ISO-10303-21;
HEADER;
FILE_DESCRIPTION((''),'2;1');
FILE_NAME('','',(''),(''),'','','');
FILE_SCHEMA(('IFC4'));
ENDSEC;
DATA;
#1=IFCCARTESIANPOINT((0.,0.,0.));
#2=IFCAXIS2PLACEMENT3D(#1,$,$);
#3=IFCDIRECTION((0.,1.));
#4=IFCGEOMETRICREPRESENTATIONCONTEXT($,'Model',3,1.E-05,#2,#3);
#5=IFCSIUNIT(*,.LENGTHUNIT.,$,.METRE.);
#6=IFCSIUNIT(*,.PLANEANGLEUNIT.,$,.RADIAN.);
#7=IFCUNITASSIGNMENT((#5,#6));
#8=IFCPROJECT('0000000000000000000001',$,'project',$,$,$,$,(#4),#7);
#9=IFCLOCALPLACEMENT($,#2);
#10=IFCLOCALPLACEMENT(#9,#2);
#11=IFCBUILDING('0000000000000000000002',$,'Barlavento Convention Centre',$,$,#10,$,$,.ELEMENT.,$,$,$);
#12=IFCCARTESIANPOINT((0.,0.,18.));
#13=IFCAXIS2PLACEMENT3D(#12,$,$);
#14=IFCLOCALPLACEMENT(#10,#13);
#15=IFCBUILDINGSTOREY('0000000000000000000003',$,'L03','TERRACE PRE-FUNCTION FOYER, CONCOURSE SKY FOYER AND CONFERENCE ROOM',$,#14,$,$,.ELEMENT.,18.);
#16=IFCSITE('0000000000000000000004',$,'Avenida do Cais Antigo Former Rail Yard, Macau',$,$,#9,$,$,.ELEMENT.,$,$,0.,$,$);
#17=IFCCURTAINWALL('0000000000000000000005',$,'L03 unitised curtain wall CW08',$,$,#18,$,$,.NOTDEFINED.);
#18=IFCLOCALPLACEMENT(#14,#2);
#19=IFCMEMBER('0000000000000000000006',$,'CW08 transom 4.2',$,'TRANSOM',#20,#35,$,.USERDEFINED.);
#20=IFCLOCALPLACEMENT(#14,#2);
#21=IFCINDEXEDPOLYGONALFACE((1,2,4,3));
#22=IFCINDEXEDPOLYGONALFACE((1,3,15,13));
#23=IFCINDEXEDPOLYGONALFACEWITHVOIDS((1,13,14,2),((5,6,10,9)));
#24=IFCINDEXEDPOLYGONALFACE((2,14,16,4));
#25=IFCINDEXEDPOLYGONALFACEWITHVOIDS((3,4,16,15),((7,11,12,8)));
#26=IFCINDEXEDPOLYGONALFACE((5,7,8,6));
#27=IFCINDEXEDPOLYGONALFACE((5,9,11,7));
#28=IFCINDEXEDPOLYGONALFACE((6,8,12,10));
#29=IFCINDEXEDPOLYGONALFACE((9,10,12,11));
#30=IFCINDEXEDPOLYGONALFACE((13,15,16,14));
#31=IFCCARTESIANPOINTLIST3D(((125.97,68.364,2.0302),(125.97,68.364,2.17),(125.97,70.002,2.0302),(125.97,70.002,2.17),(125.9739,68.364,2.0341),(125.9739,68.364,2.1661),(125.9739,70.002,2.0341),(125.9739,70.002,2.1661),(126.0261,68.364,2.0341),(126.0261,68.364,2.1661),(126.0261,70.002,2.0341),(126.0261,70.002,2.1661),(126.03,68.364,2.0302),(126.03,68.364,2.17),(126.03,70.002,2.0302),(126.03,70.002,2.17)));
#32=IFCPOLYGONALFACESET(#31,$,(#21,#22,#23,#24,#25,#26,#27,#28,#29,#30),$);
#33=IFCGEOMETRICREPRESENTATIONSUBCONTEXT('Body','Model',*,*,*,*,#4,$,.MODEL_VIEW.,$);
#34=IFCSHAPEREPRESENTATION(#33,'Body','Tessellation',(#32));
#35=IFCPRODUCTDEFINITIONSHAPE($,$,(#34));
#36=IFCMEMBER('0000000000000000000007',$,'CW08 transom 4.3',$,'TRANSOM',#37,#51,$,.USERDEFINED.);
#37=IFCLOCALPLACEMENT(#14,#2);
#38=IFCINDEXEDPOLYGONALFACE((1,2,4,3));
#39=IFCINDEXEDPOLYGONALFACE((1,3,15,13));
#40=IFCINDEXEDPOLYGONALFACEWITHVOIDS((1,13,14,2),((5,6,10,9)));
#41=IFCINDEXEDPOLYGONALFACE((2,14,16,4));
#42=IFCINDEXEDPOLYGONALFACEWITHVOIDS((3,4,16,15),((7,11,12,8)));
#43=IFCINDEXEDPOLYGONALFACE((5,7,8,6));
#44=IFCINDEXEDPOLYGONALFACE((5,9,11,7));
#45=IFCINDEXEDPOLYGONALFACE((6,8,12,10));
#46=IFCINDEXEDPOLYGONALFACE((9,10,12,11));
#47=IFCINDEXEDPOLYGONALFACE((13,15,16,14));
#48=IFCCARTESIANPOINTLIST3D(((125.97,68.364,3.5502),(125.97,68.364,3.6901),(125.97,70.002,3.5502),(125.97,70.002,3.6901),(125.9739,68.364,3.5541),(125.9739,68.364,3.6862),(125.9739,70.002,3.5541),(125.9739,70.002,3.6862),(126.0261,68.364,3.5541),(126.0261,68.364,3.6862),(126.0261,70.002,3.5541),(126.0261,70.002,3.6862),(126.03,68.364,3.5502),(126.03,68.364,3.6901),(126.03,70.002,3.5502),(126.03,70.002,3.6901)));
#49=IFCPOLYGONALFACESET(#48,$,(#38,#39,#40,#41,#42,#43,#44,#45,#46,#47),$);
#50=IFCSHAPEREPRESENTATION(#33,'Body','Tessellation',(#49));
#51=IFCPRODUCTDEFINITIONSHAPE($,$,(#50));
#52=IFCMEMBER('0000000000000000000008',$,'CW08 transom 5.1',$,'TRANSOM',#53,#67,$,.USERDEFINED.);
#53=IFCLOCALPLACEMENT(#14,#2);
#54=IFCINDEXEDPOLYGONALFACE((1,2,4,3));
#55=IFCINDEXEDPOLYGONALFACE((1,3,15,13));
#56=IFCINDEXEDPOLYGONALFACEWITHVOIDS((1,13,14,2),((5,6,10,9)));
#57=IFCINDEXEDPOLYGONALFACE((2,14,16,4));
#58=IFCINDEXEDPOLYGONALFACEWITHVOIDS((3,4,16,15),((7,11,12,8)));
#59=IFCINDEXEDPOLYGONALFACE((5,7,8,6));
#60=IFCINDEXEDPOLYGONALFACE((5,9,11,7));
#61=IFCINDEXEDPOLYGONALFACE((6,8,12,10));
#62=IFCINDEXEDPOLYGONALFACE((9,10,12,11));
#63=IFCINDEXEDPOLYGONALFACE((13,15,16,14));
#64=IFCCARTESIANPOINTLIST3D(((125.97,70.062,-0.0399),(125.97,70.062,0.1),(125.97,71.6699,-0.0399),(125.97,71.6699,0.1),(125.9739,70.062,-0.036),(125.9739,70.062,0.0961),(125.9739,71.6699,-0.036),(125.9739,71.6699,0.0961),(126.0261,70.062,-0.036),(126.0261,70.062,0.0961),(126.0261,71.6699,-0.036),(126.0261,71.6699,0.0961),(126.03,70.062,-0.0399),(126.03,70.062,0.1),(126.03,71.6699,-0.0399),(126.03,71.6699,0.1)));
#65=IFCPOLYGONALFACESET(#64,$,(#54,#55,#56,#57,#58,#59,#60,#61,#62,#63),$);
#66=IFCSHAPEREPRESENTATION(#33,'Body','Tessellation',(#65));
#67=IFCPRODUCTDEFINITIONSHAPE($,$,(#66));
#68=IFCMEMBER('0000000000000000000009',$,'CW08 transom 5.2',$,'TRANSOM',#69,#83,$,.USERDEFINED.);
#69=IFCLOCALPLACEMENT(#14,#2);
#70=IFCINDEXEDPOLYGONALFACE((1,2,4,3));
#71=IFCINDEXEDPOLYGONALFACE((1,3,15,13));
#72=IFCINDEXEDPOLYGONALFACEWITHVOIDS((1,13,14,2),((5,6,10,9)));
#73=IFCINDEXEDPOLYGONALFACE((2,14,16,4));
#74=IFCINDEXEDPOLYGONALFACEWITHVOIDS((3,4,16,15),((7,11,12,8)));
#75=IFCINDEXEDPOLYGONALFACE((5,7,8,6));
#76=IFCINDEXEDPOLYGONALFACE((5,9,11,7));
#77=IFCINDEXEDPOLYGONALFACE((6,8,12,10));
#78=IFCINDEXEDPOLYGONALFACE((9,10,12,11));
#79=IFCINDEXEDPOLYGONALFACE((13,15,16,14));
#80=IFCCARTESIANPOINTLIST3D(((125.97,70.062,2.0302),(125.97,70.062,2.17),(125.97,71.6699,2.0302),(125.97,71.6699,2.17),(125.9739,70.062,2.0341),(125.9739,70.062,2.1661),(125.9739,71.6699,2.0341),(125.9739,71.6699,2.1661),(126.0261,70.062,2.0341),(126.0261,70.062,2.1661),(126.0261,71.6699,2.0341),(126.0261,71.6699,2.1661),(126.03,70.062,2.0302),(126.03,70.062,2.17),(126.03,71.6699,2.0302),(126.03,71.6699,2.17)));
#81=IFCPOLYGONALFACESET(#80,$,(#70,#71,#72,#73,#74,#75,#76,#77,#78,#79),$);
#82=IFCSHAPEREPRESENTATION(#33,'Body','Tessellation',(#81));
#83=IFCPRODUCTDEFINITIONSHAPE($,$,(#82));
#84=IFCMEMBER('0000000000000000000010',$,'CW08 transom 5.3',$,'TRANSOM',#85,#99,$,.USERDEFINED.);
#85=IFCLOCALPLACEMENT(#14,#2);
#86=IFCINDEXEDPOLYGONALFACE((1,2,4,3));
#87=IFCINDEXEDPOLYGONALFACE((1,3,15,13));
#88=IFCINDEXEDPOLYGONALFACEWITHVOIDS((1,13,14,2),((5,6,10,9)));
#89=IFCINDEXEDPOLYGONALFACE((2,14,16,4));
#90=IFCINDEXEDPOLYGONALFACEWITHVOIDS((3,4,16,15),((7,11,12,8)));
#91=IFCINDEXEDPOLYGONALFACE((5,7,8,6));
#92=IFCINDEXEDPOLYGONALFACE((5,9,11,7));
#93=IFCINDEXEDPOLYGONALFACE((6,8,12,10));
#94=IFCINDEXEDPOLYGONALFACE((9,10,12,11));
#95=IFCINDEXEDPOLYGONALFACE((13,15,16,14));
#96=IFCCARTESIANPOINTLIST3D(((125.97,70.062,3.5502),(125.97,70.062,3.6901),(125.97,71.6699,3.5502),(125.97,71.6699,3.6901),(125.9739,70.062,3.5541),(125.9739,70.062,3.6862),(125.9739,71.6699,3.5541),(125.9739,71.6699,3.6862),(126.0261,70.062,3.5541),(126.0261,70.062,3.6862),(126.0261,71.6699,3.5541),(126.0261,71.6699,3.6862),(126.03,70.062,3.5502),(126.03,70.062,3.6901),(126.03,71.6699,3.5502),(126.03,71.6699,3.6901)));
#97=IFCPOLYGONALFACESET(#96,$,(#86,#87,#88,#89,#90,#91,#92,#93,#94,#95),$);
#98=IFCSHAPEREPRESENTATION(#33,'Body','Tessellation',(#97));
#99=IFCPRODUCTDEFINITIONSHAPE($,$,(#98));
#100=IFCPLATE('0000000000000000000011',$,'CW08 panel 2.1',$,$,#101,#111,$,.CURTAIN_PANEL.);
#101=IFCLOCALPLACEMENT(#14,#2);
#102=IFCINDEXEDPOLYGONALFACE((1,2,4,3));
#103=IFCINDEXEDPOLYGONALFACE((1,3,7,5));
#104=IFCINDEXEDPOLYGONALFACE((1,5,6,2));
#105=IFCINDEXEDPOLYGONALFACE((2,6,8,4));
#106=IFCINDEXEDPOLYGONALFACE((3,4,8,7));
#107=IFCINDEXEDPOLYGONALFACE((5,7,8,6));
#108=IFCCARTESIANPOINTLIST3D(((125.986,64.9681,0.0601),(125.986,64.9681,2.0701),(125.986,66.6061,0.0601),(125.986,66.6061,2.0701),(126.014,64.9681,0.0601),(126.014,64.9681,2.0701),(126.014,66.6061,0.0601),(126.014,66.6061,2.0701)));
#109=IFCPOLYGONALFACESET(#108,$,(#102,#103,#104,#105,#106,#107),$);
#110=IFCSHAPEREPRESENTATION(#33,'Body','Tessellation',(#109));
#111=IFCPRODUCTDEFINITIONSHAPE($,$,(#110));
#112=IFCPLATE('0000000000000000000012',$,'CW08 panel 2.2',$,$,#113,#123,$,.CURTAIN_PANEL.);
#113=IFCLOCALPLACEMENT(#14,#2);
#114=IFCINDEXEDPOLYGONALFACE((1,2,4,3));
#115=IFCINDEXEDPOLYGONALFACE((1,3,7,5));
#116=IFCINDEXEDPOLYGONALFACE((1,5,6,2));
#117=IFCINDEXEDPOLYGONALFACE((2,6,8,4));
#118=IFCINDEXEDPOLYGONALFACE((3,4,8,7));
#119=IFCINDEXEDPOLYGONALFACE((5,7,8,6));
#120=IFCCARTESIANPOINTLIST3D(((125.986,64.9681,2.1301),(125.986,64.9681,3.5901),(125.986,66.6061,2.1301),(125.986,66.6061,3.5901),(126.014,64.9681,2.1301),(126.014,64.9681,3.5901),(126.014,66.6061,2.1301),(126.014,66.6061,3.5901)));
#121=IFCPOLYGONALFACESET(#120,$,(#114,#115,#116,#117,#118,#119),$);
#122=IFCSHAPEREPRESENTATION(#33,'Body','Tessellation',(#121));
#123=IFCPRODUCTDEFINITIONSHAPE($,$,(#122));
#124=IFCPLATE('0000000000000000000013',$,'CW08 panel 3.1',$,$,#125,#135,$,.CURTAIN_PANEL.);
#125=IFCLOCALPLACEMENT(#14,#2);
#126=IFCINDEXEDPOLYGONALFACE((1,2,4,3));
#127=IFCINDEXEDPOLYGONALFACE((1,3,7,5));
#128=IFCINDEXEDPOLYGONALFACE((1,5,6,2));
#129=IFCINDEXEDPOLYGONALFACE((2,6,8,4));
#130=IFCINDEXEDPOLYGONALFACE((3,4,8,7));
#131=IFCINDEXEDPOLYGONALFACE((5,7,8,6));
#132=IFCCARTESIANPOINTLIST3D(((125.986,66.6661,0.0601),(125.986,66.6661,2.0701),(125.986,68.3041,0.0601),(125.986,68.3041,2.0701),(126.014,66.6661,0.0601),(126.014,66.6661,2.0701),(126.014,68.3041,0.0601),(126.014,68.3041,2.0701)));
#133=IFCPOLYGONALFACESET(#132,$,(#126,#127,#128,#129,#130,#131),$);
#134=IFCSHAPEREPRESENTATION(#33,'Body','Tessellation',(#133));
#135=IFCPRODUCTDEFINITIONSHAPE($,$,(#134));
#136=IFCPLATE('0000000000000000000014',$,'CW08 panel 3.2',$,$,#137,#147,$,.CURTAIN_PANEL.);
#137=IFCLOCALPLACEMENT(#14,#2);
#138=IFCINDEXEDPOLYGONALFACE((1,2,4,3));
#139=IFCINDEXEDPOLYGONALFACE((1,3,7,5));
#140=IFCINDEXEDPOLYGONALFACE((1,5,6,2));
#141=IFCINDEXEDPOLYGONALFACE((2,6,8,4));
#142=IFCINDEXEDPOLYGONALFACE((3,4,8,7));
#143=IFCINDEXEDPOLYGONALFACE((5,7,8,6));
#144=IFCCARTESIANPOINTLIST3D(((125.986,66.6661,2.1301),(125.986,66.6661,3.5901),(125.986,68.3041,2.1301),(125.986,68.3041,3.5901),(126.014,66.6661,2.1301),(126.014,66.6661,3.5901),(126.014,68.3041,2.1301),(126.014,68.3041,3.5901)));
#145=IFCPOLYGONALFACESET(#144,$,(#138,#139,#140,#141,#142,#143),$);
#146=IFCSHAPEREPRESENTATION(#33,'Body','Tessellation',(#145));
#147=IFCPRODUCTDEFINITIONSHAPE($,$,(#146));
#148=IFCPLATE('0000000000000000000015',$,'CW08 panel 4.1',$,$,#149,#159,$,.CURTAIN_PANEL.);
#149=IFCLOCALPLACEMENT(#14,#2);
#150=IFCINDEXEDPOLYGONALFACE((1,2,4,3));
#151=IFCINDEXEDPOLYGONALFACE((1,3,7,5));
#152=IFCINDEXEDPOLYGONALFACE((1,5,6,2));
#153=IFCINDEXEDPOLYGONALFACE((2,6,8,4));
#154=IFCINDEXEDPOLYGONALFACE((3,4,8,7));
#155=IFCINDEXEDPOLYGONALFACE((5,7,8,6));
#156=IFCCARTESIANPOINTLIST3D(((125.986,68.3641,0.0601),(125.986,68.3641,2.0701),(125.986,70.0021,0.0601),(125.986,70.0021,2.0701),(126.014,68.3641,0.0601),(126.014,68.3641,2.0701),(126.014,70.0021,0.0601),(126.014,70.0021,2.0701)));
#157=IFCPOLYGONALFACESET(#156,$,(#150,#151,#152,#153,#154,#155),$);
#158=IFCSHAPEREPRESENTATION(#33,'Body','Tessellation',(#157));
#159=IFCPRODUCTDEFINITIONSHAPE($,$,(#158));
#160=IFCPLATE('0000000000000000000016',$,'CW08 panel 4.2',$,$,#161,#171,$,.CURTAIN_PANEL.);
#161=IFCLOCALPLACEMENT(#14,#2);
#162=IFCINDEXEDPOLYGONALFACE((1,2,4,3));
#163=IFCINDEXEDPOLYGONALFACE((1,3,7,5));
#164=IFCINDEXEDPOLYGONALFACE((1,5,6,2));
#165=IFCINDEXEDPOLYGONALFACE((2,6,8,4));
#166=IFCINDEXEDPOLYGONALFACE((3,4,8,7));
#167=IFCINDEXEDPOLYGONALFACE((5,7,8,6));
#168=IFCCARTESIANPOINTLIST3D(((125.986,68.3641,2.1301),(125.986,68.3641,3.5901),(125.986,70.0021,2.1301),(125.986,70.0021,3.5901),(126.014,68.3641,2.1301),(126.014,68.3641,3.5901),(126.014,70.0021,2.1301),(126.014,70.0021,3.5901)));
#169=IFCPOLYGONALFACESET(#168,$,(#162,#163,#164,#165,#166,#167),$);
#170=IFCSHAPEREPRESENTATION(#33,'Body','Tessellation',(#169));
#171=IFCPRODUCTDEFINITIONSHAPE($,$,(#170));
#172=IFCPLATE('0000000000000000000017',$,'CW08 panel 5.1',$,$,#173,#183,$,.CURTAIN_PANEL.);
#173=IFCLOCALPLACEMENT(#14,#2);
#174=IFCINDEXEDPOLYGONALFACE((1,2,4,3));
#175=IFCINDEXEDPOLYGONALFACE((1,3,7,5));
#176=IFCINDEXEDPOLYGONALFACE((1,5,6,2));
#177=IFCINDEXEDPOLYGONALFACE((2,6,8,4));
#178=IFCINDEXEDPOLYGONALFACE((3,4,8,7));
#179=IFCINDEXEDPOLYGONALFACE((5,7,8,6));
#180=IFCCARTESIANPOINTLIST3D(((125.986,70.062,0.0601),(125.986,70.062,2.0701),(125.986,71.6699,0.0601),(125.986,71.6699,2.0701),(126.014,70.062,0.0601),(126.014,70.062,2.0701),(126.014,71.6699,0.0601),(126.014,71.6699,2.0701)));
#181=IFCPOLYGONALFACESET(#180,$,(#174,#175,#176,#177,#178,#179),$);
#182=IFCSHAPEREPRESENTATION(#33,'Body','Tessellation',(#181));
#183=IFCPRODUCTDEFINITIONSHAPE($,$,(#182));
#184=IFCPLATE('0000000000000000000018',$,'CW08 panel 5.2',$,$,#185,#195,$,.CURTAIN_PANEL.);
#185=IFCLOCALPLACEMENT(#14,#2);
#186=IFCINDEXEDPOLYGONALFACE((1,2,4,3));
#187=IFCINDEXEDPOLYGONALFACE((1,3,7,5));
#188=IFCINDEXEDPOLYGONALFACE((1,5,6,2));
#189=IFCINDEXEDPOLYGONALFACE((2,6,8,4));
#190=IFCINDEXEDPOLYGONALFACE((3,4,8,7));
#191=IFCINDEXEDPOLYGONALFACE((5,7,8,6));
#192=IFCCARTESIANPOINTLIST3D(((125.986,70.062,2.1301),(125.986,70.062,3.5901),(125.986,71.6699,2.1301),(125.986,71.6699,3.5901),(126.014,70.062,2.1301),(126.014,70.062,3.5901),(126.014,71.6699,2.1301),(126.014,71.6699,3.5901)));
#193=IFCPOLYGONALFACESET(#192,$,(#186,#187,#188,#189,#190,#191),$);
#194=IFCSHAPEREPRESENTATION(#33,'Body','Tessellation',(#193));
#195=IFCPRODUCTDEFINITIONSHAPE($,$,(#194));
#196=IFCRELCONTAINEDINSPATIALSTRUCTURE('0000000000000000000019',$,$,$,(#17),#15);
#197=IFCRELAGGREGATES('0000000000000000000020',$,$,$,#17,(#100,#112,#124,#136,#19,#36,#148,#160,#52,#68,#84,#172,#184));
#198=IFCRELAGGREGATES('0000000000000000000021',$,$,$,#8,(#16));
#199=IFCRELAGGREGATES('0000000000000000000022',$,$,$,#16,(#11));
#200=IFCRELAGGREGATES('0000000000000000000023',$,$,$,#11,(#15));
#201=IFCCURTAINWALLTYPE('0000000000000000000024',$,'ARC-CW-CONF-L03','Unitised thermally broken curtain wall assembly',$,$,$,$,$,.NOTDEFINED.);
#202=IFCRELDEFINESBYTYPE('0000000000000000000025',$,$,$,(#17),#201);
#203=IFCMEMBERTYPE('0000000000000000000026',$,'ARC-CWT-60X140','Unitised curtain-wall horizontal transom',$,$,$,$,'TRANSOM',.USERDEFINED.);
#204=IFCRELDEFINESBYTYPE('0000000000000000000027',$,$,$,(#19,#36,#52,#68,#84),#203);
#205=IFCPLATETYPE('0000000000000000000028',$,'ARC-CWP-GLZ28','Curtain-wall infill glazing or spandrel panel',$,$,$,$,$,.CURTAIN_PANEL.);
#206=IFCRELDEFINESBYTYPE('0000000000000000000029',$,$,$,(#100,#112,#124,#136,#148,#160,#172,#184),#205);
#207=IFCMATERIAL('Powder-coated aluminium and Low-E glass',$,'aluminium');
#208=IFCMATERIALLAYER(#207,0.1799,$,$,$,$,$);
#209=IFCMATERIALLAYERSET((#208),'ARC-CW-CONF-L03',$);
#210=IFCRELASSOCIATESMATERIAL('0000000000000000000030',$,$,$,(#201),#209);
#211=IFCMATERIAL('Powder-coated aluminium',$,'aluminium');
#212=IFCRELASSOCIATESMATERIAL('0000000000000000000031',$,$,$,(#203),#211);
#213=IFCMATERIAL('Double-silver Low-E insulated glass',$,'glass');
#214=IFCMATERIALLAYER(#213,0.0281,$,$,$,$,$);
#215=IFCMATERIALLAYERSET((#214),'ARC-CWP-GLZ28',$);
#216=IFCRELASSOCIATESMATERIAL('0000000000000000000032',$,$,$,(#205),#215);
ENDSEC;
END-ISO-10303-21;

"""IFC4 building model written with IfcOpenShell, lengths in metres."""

from ifc_helpers import new_model, si_unit, direction, frame, origin, origin_2d, place, context, subcontext, project, spatial, rectangle, hollow_rectangle, extrude, material, layer, layer_set, material_profile, profile_set, type_object, element, aggregate, save


model = new_model("IFC4")

# Units and contexts
model_context = context("Model", 3, precision=1e-05, world=origin(), true_north=direction((0.0, 1.0)))
body_context = subcontext(model_context, "Body", "Model", "MODEL_VIEW")
ifc_project = project(units=[si_unit("LENGTHUNIT", "METRE"), si_unit("PLANEANGLEUNIT", "RADIAN")], contexts=[model_context])

# Site, building, storey
site_placement = place(None, origin())
site = spatial("IfcSite", under=ifc_project, at=site_placement, Name="Avenida do Cais Antigo Former Rail Yard, Macau", CompositionType="ELEMENT", RefElevation=0.0)
building_placement = place(site_placement, origin())
building = spatial("IfcBuilding", under=site, at=building_placement, Name="Barlavento Convention Centre", CompositionType="ELEMENT")
storey_placement = place(building_placement, frame((0.0, 0.0, 18.0)))
storey = spatial("IfcBuildingStorey", under=building, at=storey_placement, Name="L03", Description="TERRACE PRE-FUNCTION FOYER, CONCOURSE SKY FOYER AND CONFERENCE ROOM", CompositionType="ELEMENT", Elevation=18.0)

# Curtain wall, members, plates
ifc_material_1 = material(Name="Powder-coated aluminium and Low-E glass", Category="aluminium")
ifc_layer_1 = layer(ifc_material_1, 0.1799)
ifc_layer_set_1 = layer_set([ifc_layer_1], Name="ARC-CW-CONF-L03")
curtain_wall_type = type_object("IfcCurtainWallType", Name="ARC-CW-CONF-L03", Description="Unitised thermally broken curtain wall assembly", PredefinedType="NOTDEFINED", material=ifc_layer_set_1)
curtain_wall_placement = place(storey_placement, origin())
curtain_wall = element("IfcCurtainWall", 1, at=curtain_wall_placement, inside=storey, type_object=curtain_wall_type, Name="L03 unitised curtain wall CW08", PredefinedType="NOTDEFINED")
ifc_material_2 = material(Name="Powder-coated aluminium", Category="aluminium")
ifc_material_profile_1 = material_profile(ifc_material_2, hollow_rectangle(XDim=0.0601, YDim=0.1399, WallThickness=0.0039, at=origin_2d()), Name="AL-TRAN 60x140x4")
ifc_profile_set_1 = profile_set([ifc_material_profile_1], Name="Powder-coated aluminium")
member_type_1 = type_object("IfcMemberType", Name="ARC-CWT-60X140", Description="Unitised curtain-wall horizontal transom", ElementType="TRANSOM", PredefinedType="USERDEFINED", material=ifc_profile_set_1)
member_1_placement = place(storey_placement, frame((126.0, 68.364, 2.1001), z_axis=(0.0, 1.0, 0.0), x_axis=(-1.0, 0.0, 0.0)))
member_1 = element("IfcMember", 2, at=member_1_placement, type_object=member_type_1, Name="CW08 transom 4.2", ObjectType="TRANSOM", PredefinedType="USERDEFINED", context=body_context, shape_type="SweptSolid", body=[
    extrude(hollow_rectangle(XDim=0.0601, YDim=0.1399, WallThickness=0.0039, at=origin_2d()), origin(), (0.0, 0.0, 1.0), 1.6379),
])
member_2_placement = place(storey_placement, frame((126.0, 68.364, 3.6201), z_axis=(0.0, 1.0, 0.0), x_axis=(-1.0, 0.0, 0.0)))
member_2 = element("IfcMember", 3, at=member_2_placement, type_object=member_type_1, Name="CW08 transom 4.3", ObjectType="TRANSOM", PredefinedType="USERDEFINED", context=body_context, shape_type="SweptSolid", body=[
    extrude(hollow_rectangle(XDim=0.0601, YDim=0.1399, WallThickness=0.0039, at=origin_2d()), origin(), (0.0, 0.0, 1.0), 1.6379),
])
member_3_placement = place(storey_placement, frame((126.0, 70.062, 0.03), z_axis=(0.0, 1.0, 0.0), x_axis=(-1.0, 0.0, 0.0)))
member_3 = element("IfcMember", 4, at=member_3_placement, type_object=member_type_1, Name="CW08 transom 5.1", ObjectType="TRANSOM", PredefinedType="USERDEFINED", context=body_context, shape_type="SweptSolid", body=[
    extrude(hollow_rectangle(XDim=0.0601, YDim=0.1399, WallThickness=0.0039, at=origin_2d()), origin(), (0.0, 0.0, 1.0), 1.6079),
])
member_4_placement = place(storey_placement, frame((126.0, 70.062, 2.1001), z_axis=(0.0, 1.0, 0.0), x_axis=(-1.0, 0.0, 0.0)))
member_4 = element("IfcMember", 5, at=member_4_placement, type_object=member_type_1, Name="CW08 transom 5.2", ObjectType="TRANSOM", PredefinedType="USERDEFINED", context=body_context, shape_type="SweptSolid", body=[
    extrude(hollow_rectangle(XDim=0.0601, YDim=0.1399, WallThickness=0.0039, at=origin_2d()), origin(), (0.0, 0.0, 1.0), 1.6079),
])
member_5_placement = place(storey_placement, frame((126.0, 70.062, 3.6201), z_axis=(0.0, 1.0, 0.0), x_axis=(-1.0, 0.0, 0.0)))
member_5 = element("IfcMember", 6, at=member_5_placement, type_object=member_type_1, Name="CW08 transom 5.3", ObjectType="TRANSOM", PredefinedType="USERDEFINED", context=body_context, shape_type="SweptSolid", body=[
    extrude(hollow_rectangle(XDim=0.0601, YDim=0.1399, WallThickness=0.0039, at=origin_2d()), origin(), (0.0, 0.0, 1.0), 1.6079),
])
ifc_material_3 = material(Name="Double-silver Low-E insulated glass", Category="glass")
ifc_layer_2 = layer(ifc_material_3, 0.0281)
ifc_layer_set_2 = layer_set([ifc_layer_2], Name="ARC-CWP-GLZ28")
plate_type = type_object("IfcPlateType", Name="ARC-CWP-GLZ28", Description="Curtain-wall infill glazing or spandrel panel", PredefinedType="CURTAIN_PANEL", material=ifc_layer_set_2)
plate_1_placement = place(storey_placement, frame((126.0, 65.7871, 0.0601), z_axis=(0.0, 0.0, 1.0), x_axis=(0.0, 1.0, 0.0)))
plate_1 = element("IfcPlate", 7, at=plate_1_placement, type_object=plate_type, Name="CW08 panel 2.1", PredefinedType="CURTAIN_PANEL", context=body_context, shape_type="SweptSolid", body=[
    extrude(rectangle(XDim=1.6379, YDim=0.0281, at=origin_2d()), origin(), (0.0, 0.0, 1.0), 2.01),
])
plate_2_placement = place(storey_placement, frame((126.0, 65.7871, 2.1301), z_axis=(0.0, 0.0, 1.0), x_axis=(0.0, 1.0, 0.0)))
plate_2 = element("IfcPlate", 8, at=plate_2_placement, type_object=plate_type, Name="CW08 panel 2.2", PredefinedType="CURTAIN_PANEL", context=body_context, shape_type="SweptSolid", body=[
    extrude(rectangle(XDim=1.6379, YDim=0.0281, at=origin_2d()), origin(), (0.0, 0.0, 1.0), 1.46),
])
plate_3_placement = place(storey_placement, frame((126.0, 67.4851, 0.0601), z_axis=(0.0, 0.0, 1.0), x_axis=(0.0, 1.0, 0.0)))
plate_3 = element("IfcPlate", 9, at=plate_3_placement, type_object=plate_type, Name="CW08 panel 3.1", PredefinedType="CURTAIN_PANEL", context=body_context, shape_type="SweptSolid", body=[
    extrude(rectangle(XDim=1.6379, YDim=0.0281, at=origin_2d()), origin(), (0.0, 0.0, 1.0), 2.01),
])
plate_4_placement = place(storey_placement, frame((126.0, 67.4851, 2.1301), z_axis=(0.0, 0.0, 1.0), x_axis=(0.0, 1.0, 0.0)))
plate_4 = element("IfcPlate", 10, at=plate_4_placement, type_object=plate_type, Name="CW08 panel 3.2", PredefinedType="CURTAIN_PANEL", context=body_context, shape_type="SweptSolid", body=[
    extrude(rectangle(XDim=1.6379, YDim=0.0281, at=origin_2d()), origin(), (0.0, 0.0, 1.0), 1.46),
])
plate_5_placement = place(storey_placement, frame((126.0, 69.1831, 0.0601), z_axis=(0.0, 0.0, 1.0), x_axis=(0.0, 1.0, 0.0)))
plate_5 = element("IfcPlate", 11, at=plate_5_placement, type_object=plate_type, Name="CW08 panel 4.1", PredefinedType="CURTAIN_PANEL", context=body_context, shape_type="SweptSolid", body=[
    extrude(rectangle(XDim=1.6379, YDim=0.0281, at=origin_2d()), origin(), (0.0, 0.0, 1.0), 2.01),
])
plate_6_placement = place(storey_placement, frame((126.0, 69.1831, 2.1301), z_axis=(0.0, 0.0, 1.0), x_axis=(0.0, 1.0, 0.0)))
plate_6 = element("IfcPlate", 12, at=plate_6_placement, type_object=plate_type, Name="CW08 panel 4.2", PredefinedType="CURTAIN_PANEL", context=body_context, shape_type="SweptSolid", body=[
    extrude(rectangle(XDim=1.6379, YDim=0.0281, at=origin_2d()), origin(), (0.0, 0.0, 1.0), 1.46),
])
plate_7_placement = place(storey_placement, frame((126.0, 70.866, 0.0601), z_axis=(0.0, 0.0, 1.0), x_axis=(0.0, 1.0, 0.0)))
plate_7 = element("IfcPlate", 13, at=plate_7_placement, type_object=plate_type, Name="CW08 panel 5.1", PredefinedType="CURTAIN_PANEL", context=body_context, shape_type="SweptSolid", body=[
    extrude(rectangle(XDim=1.6079, YDim=0.0281, at=origin_2d()), origin(), (0.0, 0.0, 1.0), 2.01),
])
plate_8_placement = place(storey_placement, frame((126.0, 70.866, 2.1301), z_axis=(0.0, 0.0, 1.0), x_axis=(0.0, 1.0, 0.0)))
plate_8 = element("IfcPlate", 14, at=plate_8_placement, type_object=plate_type, Name="CW08 panel 5.2", PredefinedType="CURTAIN_PANEL", context=body_context, shape_type="SweptSolid", body=[
    extrude(rectangle(XDim=1.6079, YDim=0.0281, at=origin_2d()), origin(), (0.0, 0.0, 1.0), 1.46),
])
aggregate(curtain_wall, [plate_1, plate_2, plate_3, plate_4, member_1, member_2, plate_5, plate_6, member_3, member_4, member_5, plate_7, plate_8])

save(model, "model.ifc")
